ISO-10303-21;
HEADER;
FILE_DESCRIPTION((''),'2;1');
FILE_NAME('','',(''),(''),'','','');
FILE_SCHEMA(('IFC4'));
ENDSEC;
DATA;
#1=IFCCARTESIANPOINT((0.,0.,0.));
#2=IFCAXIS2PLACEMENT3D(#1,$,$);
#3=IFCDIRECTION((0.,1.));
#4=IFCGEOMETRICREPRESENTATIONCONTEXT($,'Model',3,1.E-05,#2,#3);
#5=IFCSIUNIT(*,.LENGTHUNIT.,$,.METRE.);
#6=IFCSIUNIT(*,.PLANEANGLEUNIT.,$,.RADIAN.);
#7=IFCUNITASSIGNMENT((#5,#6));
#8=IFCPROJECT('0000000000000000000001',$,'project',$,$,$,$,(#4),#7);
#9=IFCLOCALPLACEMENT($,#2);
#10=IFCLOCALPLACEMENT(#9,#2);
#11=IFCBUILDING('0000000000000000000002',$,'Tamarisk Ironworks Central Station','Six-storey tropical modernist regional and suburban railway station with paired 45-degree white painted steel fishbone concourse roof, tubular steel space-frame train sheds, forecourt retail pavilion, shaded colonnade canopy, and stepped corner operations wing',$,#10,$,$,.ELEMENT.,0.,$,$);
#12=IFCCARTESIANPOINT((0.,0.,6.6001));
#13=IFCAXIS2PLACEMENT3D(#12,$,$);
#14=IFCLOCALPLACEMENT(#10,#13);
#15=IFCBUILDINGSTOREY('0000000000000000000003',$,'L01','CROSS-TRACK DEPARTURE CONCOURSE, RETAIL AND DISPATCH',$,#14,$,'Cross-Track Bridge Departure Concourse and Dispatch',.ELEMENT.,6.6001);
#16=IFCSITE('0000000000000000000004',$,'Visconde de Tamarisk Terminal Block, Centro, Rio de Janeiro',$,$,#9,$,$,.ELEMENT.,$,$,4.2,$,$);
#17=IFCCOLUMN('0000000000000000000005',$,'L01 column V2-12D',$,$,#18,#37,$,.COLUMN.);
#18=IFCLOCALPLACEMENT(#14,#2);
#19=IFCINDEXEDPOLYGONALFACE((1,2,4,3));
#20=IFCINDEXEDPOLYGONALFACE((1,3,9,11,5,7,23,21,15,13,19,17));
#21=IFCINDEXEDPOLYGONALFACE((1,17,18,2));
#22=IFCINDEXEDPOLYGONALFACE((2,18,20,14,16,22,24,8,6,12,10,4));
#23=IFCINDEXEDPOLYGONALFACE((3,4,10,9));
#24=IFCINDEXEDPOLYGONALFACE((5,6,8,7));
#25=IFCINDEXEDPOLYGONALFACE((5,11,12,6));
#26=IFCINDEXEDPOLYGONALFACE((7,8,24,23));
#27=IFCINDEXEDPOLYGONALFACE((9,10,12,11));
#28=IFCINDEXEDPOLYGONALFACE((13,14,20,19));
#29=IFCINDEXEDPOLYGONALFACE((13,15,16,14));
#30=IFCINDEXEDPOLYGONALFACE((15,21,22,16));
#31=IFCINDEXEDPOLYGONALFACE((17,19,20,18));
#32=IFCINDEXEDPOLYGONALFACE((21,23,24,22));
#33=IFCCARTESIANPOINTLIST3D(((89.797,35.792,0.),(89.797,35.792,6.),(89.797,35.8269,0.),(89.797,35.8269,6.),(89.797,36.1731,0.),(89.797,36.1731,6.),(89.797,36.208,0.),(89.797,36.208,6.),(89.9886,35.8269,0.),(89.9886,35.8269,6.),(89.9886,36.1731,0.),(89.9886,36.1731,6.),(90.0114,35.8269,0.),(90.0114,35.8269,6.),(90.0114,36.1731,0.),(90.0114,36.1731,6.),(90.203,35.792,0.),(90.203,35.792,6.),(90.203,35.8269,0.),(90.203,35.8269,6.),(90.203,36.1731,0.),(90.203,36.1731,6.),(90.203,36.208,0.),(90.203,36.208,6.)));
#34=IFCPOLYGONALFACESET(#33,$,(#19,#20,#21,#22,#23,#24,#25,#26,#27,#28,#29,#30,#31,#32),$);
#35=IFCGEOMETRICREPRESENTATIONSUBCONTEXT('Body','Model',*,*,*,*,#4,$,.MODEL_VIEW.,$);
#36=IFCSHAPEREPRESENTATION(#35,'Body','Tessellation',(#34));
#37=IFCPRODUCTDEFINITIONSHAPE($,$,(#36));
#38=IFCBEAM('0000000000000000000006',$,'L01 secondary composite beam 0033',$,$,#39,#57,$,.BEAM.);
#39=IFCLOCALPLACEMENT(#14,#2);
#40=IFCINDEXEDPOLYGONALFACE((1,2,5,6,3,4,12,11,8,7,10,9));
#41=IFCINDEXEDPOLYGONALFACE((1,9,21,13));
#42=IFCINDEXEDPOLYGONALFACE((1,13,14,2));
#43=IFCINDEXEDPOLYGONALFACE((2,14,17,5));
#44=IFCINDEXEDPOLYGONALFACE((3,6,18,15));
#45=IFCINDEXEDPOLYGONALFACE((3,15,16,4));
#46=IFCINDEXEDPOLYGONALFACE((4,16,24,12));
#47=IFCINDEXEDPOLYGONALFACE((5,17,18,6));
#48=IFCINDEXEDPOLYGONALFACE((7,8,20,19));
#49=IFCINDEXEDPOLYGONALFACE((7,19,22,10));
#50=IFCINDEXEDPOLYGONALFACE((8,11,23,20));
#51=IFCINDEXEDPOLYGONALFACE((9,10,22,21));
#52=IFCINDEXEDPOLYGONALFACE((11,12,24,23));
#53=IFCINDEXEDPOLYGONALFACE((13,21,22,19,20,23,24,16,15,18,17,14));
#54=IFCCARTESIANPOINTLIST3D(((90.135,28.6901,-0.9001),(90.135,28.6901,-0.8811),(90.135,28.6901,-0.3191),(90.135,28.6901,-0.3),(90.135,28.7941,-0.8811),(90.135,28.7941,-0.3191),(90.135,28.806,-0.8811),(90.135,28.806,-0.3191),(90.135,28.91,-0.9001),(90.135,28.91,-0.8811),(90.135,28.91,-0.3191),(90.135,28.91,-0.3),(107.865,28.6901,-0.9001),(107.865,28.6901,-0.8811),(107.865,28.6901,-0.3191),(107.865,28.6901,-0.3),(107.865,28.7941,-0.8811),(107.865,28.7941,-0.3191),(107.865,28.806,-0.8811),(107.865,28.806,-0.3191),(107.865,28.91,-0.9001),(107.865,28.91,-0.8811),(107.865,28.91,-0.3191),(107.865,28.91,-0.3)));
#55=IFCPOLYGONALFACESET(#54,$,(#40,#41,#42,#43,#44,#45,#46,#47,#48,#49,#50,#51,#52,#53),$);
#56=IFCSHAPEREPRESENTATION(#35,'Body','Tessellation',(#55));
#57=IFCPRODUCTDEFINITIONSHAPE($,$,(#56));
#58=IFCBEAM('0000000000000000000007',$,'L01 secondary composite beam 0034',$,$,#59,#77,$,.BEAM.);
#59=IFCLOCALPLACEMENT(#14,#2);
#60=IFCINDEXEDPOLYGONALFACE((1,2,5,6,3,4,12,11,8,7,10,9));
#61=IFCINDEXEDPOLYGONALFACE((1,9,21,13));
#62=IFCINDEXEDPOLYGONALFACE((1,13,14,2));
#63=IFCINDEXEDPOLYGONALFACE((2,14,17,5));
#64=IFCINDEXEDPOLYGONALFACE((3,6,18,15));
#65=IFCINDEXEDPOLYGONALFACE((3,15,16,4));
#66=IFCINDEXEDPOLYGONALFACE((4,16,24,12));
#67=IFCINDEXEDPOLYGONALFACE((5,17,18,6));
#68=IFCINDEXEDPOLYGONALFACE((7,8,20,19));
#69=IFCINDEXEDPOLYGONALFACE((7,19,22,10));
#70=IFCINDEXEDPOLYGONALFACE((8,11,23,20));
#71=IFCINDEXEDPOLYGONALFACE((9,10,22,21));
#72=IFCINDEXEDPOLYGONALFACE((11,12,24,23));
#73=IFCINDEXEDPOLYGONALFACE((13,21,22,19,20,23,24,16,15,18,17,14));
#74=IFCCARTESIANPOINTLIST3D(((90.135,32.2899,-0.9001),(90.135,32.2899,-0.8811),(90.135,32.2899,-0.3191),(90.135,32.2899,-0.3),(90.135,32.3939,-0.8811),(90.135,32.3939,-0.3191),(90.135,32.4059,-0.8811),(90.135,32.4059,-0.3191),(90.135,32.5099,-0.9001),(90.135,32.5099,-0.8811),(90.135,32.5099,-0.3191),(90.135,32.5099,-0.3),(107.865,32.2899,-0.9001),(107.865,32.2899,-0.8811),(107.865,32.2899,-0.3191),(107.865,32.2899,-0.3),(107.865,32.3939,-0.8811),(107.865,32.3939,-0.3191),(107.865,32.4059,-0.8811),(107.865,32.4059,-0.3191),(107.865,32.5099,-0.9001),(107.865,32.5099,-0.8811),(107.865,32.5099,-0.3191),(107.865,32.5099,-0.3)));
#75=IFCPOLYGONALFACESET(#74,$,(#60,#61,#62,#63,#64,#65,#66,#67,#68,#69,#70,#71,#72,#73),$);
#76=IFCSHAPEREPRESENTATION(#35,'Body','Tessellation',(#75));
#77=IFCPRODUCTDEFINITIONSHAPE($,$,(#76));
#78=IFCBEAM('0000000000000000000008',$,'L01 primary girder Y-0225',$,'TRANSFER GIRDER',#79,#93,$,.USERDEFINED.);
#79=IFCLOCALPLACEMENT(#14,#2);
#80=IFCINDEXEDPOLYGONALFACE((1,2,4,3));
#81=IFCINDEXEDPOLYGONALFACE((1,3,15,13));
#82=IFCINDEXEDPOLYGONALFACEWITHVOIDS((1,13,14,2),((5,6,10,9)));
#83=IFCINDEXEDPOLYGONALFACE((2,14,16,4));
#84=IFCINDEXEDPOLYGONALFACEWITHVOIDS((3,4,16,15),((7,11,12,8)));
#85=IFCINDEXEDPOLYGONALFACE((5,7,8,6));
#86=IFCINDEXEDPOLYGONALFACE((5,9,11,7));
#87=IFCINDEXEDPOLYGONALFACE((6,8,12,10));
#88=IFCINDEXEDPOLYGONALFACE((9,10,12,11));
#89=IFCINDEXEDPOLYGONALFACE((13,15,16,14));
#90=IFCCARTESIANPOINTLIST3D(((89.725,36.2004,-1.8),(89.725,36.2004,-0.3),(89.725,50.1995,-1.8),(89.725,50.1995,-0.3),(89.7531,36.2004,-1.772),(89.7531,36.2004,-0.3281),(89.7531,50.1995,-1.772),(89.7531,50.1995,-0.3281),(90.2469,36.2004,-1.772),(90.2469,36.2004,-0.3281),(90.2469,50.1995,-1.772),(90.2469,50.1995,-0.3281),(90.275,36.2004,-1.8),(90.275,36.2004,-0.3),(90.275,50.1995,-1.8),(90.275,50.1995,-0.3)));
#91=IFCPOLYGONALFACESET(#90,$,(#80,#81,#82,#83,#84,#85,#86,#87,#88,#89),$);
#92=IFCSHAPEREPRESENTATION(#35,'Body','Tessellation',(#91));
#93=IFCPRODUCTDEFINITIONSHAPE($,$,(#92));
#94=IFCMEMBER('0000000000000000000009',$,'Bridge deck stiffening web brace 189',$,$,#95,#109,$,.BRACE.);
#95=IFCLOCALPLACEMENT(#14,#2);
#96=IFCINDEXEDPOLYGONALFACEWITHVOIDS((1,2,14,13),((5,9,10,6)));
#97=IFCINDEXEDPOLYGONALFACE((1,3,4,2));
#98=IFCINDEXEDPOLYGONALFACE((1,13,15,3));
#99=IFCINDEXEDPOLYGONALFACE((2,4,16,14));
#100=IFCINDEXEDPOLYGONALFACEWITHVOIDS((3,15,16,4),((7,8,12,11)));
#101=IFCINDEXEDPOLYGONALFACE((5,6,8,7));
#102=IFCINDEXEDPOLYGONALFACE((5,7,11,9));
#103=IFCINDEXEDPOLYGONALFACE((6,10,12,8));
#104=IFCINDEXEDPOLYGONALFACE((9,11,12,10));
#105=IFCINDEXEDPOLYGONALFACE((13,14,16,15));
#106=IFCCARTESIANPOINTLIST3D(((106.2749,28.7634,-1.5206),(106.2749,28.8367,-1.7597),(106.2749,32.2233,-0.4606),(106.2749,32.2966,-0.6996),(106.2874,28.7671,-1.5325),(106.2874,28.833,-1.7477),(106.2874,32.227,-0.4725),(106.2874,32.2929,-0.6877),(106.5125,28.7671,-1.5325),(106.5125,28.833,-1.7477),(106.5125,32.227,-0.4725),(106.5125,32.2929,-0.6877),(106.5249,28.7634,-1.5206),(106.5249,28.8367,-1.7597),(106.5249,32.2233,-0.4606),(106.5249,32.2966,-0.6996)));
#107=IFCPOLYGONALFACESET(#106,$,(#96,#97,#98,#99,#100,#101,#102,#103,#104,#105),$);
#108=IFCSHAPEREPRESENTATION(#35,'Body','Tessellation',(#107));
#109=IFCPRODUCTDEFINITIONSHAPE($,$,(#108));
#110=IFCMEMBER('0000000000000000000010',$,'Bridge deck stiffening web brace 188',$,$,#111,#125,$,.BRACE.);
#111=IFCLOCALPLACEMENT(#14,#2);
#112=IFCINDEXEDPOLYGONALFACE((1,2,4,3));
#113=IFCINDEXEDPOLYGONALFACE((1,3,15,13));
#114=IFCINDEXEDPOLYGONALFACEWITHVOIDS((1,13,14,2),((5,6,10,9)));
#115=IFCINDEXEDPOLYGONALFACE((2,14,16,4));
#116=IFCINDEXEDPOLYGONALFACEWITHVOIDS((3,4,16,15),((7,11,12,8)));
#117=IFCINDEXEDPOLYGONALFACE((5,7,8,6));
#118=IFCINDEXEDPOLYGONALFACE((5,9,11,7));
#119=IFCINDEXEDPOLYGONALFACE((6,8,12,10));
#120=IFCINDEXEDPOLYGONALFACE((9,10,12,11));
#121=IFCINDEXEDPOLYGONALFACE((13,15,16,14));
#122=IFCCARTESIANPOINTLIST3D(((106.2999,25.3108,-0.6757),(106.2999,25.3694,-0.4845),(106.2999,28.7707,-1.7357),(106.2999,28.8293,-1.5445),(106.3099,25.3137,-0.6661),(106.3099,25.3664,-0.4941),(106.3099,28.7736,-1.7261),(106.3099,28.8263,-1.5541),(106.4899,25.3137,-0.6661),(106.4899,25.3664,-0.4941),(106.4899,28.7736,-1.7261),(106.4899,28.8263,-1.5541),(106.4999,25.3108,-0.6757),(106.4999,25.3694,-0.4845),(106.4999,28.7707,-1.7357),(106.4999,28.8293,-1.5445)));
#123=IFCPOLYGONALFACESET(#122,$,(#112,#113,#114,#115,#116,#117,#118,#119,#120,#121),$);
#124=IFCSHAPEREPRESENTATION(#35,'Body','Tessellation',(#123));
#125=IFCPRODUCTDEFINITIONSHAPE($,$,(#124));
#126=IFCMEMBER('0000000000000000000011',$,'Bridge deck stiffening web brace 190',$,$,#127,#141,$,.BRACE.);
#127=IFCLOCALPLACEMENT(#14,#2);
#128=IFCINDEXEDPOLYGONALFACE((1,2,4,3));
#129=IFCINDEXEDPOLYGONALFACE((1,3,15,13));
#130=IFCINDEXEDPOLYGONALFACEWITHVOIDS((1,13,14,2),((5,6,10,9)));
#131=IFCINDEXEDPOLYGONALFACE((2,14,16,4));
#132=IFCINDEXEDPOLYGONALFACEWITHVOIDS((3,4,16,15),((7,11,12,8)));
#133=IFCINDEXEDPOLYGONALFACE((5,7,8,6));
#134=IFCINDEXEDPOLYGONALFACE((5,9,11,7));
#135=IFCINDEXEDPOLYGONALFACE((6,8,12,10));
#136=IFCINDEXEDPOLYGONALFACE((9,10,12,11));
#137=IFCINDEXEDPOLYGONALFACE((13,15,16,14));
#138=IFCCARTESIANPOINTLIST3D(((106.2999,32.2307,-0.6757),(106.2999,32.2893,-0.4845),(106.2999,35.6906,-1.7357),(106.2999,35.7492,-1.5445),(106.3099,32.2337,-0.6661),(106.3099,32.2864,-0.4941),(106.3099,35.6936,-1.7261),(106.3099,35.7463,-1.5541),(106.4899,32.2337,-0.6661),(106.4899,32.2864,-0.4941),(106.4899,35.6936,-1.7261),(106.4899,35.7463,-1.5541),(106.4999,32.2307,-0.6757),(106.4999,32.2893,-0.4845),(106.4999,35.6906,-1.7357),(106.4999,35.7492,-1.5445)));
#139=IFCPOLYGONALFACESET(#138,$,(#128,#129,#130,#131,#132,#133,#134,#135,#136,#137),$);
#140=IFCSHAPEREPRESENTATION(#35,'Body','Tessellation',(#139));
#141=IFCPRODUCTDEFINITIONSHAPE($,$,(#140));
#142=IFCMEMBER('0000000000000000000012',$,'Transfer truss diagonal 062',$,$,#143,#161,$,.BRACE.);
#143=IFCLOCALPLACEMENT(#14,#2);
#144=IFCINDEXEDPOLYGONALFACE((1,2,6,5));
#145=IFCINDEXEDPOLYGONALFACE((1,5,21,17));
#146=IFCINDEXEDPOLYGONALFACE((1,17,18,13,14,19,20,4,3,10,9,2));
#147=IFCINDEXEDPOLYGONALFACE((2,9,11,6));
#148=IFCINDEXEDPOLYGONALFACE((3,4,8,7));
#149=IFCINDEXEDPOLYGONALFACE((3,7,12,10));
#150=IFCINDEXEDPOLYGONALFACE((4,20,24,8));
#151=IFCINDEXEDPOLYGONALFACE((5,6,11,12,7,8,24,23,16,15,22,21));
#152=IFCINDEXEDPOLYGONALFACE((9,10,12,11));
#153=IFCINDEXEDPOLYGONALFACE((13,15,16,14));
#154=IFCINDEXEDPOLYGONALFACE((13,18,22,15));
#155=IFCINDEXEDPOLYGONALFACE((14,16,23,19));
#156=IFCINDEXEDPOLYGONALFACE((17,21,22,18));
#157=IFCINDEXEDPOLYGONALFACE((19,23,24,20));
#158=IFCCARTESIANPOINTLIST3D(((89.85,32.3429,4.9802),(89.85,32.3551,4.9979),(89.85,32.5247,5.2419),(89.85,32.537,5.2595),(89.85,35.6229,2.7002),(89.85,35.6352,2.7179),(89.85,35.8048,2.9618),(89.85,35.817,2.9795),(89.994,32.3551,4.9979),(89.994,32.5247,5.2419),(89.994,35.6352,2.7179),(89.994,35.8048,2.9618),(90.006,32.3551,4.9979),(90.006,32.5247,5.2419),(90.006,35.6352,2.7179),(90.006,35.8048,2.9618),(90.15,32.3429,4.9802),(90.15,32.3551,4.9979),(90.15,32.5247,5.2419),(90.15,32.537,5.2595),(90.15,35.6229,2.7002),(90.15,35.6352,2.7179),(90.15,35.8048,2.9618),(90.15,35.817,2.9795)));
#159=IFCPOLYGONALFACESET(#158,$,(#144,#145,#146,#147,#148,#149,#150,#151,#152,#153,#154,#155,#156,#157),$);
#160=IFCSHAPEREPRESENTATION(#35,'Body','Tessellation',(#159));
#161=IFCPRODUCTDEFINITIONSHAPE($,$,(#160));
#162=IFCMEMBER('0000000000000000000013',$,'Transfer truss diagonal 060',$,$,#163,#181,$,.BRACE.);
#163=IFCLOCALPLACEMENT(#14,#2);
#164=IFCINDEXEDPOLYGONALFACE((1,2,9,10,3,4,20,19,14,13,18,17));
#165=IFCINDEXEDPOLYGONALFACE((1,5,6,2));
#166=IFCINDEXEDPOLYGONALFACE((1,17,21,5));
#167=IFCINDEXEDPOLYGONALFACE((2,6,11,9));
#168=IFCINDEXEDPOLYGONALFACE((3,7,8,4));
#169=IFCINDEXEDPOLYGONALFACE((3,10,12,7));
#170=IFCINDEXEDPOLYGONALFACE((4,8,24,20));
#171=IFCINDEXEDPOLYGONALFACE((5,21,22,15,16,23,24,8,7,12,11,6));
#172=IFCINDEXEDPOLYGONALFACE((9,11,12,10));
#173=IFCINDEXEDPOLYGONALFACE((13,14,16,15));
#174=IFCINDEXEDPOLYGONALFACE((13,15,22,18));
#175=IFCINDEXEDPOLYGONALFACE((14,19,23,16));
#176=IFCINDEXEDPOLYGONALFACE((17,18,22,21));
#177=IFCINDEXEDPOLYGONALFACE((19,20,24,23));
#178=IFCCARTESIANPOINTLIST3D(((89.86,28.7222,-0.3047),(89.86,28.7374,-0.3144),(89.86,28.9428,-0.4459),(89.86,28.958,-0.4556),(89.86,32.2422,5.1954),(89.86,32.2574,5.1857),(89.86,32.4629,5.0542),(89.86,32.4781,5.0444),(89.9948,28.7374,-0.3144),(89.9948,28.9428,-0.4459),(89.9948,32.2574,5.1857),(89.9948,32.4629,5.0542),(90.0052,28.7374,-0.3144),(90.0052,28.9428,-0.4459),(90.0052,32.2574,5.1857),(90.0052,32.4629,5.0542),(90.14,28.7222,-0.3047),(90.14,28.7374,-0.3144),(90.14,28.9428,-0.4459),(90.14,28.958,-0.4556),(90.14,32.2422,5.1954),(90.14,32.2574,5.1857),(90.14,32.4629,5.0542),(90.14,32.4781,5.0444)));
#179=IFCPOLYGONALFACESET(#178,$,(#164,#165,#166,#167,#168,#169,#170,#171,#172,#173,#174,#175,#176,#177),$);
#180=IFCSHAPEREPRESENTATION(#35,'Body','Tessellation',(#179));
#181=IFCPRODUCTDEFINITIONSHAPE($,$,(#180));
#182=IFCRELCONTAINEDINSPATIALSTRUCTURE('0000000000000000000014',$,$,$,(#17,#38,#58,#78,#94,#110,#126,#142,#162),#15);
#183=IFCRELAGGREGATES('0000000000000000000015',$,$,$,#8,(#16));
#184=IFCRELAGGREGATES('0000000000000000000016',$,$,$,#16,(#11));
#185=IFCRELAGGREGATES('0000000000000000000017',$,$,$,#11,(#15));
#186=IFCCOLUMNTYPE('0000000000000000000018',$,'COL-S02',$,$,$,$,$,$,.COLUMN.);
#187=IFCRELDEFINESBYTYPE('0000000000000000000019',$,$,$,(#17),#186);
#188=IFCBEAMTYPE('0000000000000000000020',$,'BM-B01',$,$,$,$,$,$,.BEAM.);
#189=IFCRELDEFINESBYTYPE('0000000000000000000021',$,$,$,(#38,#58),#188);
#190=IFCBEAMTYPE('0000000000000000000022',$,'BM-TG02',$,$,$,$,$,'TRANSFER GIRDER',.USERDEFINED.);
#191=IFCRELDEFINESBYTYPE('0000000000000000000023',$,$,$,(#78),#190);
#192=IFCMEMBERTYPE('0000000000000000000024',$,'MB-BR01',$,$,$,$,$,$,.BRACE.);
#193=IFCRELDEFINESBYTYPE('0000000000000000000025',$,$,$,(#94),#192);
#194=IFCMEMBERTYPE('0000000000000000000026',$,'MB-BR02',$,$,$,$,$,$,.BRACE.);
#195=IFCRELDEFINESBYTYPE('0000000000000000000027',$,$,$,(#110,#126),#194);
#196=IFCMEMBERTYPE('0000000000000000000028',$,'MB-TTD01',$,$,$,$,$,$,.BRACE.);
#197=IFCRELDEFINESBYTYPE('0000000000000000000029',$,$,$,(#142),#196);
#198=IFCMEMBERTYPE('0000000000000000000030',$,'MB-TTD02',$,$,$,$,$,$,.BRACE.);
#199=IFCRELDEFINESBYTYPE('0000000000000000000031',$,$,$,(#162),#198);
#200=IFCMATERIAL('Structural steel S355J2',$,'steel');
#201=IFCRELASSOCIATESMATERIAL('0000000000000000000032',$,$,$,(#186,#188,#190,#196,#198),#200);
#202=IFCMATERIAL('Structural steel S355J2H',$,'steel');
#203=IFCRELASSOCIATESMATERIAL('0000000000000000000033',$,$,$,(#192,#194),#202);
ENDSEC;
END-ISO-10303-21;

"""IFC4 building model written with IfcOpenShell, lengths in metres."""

from ifc_helpers import new_model, si_unit, direction, frame, origin, origin_2d, place, context, subcontext, project, spatial, hollow_rectangle, i_section, extrude, material, material_profile, profile_set, type_object, element, save


model = new_model("IFC4")

# Units and contexts
model_context = context("Model", 3, precision=1e-05, world=origin(), true_north=direction((0.0, 1.0)))
body_context = subcontext(model_context, "Body", "Model", "MODEL_VIEW")
ifc_project = project(units=[si_unit("LENGTHUNIT", "METRE"), si_unit("PLANEANGLEUNIT", "RADIAN")], contexts=[model_context])

# Site, building, storey
site_placement = place(None, origin())
site = spatial("IfcSite", under=ifc_project, at=site_placement, Name="Visconde de Tamarisk Terminal Block, Centro, Rio de Janeiro", CompositionType="ELEMENT", RefElevation=4.2)
building_placement = place(site_placement, origin())
building = spatial("IfcBuilding", under=site, at=building_placement, Name="Tamarisk Ironworks Central Station", Description="Six-storey tropical modernist regional and suburban railway station with paired 45-degree white painted steel fishbone concourse roof, tubular steel space-frame train sheds, forecourt retail pavilion, shaded colonnade canopy, and stepped corner operations wing", CompositionType="ELEMENT", ElevationOfRefHeight=0.0)
storey_placement = place(building_placement, frame((0.0, 0.0, 6.6001)))
storey = spatial("IfcBuildingStorey", under=building, at=storey_placement, Name="L01", Description="CROSS-TRACK DEPARTURE CONCOURSE, RETAIL AND DISPATCH", LongName="Cross-Track Bridge Departure Concourse and Dispatch", CompositionType="ELEMENT", Elevation=6.6001)

# Column
ifc_material_1 = material(Name="Structural steel S355J2", Category="steel")
ifc_material_profile_1 = material_profile(ifc_material_1, i_section(OverallWidth=0.406, OverallDepth=0.416, WebThickness=0.0227, FlangeThickness=0.0349, at=origin_2d()), Name="HD 400x382")
ifc_profile_set_1 = profile_set([ifc_material_profile_1], Name="Structural steel S355J2")
column_type = type_object("IfcColumnType", Name="COL-S02", PredefinedType="COLUMN", material=ifc_profile_set_1)
column_placement = place(storey_placement, frame((90.0, 36.0, 0.0), z_axis=(0.0, 0.0, 1.0), x_axis=(1.0, 0.0, 0.0)))
element("IfcColumn", 1, at=column_placement, inside=storey, type_object=column_type, Name="L01 column V2-12D", PredefinedType="COLUMN", context=body_context, shape_type="SweptSolid", body=[
    extrude(i_section(OverallWidth=0.406, OverallDepth=0.416, WebThickness=0.0227, FlangeThickness=0.0349, at=origin_2d()), origin(), (0.0, 0.0, 1.0), 6.0),
])

# Beams
ifc_material_profile_2 = material_profile(ifc_material_1, i_section(OverallWidth=0.22, OverallDepth=0.6001, WebThickness=0.012, FlangeThickness=0.019, at=origin_2d()), Name="IPE 600")
ifc_profile_set_2 = profile_set([ifc_material_profile_2], Name="Structural steel S355J2")
beam_type_1 = type_object("IfcBeamType", Name="BM-B01", PredefinedType="BEAM", material=ifc_profile_set_2)
for number, where, z_axis, x_axis, name in (
    (2, (90.135, 28.8, -0.6001), (1.0, 0.0, 0.0), (0.0, 1.0, 0.0), "L01 secondary composite beam 0033"),
    (3, (90.135, 32.3999, -0.6001), (1.0, 0.0, 0.0), (0.0, 1.0, 0.0), "L01 secondary composite beam 0034"),
):
    element("IfcBeam", number, at=place(storey_placement, frame(where, z_axis=z_axis, x_axis=x_axis)), inside=storey, type_object=beam_type_1, Name=name, PredefinedType="BEAM", context=body_context, shape_type="SweptSolid", body=[
        extrude(i_section(OverallWidth=0.22, OverallDepth=0.6001, WebThickness=0.012, FlangeThickness=0.019, at=origin_2d()), origin(), (0.0, 0.0, 1.0), 17.73),
    ])
ifc_material_profile_3 = material_profile(ifc_material_1, hollow_rectangle(XDim=0.55, YDim=1.5, WallThickness=0.0281, at=origin_2d()), Name="BOX 550x1500x28")
ifc_profile_set_3 = profile_set([ifc_material_profile_3], Name="Structural steel S355J2")
beam_type_2 = type_object("IfcBeamType", Name="BM-TG02", ElementType="TRANSFER GIRDER", PredefinedType="USERDEFINED", material=ifc_profile_set_3)
beam_placement = place(storey_placement, frame((90.0, 36.2004, -1.05), z_axis=(0.0, 1.0, 0.0), x_axis=(-1.0, 0.0, 0.0)))
element("IfcBeam", 4, at=beam_placement, inside=storey, type_object=beam_type_2, Name="L01 primary girder Y-0225", ObjectType="TRANSFER GIRDER", PredefinedType="USERDEFINED", context=body_context, shape_type="SweptSolid", body=[
    extrude(hollow_rectangle(XDim=0.55, YDim=1.5, WallThickness=0.0281, at=origin_2d()), origin(), (0.0, 0.0, 1.0), 13.999),
])

# Members
ifc_material_2 = material(Name="Structural steel S355J2H", Category="steel")
ifc_material_profile_4 = material_profile(ifc_material_2, hollow_rectangle(XDim=0.25, YDim=0.25, WallThickness=0.0125, at=origin_2d()), Name="SHS 250x250x12.5")
ifc_profile_set_4 = profile_set([ifc_material_profile_4], Name="Structural steel S355J2H")
member_type_1 = type_object("IfcMemberType", Name="MB-BR01", PredefinedType="BRACE", material=ifc_profile_set_4)
member_1_placement = place(storey_placement, frame((106.3999, 28.8, -1.6401), z_axis=(0.0, 0.956131, 0.292938), x_axis=(-1.0, 0.0, 0.0)))
element("IfcMember", 5, at=member_1_placement, inside=storey, type_object=member_type_1, Name="Bridge deck stiffening web brace 189", PredefinedType="BRACE", context=body_context, shape_type="SweptSolid", body=[
    extrude(hollow_rectangle(XDim=0.25, YDim=0.25, WallThickness=0.0125, at=origin_2d()), origin(), (0.0, 0.0, 1.0), 3.6187),
])
ifc_material_profile_5 = material_profile(ifc_material_2, hollow_rectangle(XDim=0.2, YDim=0.2, WallThickness=0.01, at=origin_2d()), Name="SHS 200x200x10")
ifc_profile_set_5 = profile_set([ifc_material_profile_5], Name="Structural steel S355J2H")
member_type_2 = type_object("IfcMemberType", Name="MB-BR02", PredefinedType="BRACE", material=ifc_profile_set_5)
for number, where, z_axis, x_axis, name in (
    (6, (106.3999, 25.3401, -0.5801), (0.0, 0.956131, -0.292938), (-1.0, 0.0, 0.0), "Bridge deck stiffening web brace 188"),
    (7, (106.3999, 32.26, -0.5801), (0.0, 0.956131, -0.292938), (-1.0, 0.0, 0.0), "Bridge deck stiffening web brace 190"),
):
    element("IfcMember", number, at=place(storey_placement, frame(where, z_axis=z_axis, x_axis=x_axis)), inside=storey, type_object=member_type_2, Name=name, PredefinedType="BRACE", context=body_context, shape_type="SweptSolid", body=[
        extrude(hollow_rectangle(XDim=0.2, YDim=0.2, WallThickness=0.01, at=origin_2d()), origin(), (0.0, 0.0, 1.0), 3.6187),
    ])
ifc_material_profile_6 = material_profile(ifc_material_1, i_section(OverallWidth=0.3, OverallDepth=0.3401, WebThickness=0.012, FlangeThickness=0.0215, at=origin_2d()), Name="HEB 340")
ifc_profile_set_6 = profile_set([ifc_material_profile_6], Name="Structural steel S355J2")
member_type_3 = type_object("IfcMemberType", Name="MB-TTD01", PredefinedType="BRACE", material=ifc_profile_set_6)
member_2_placement = place(storey_placement, frame((90.0, 32.4399, 5.1199), z_axis=(0.0, 0.821108, -0.570773), x_axis=(-1.0, 0.0, 0.0)))
element("IfcMember", 8, at=member_2_placement, inside=storey, type_object=member_type_3, Name="Transfer truss diagonal 062", PredefinedType="BRACE", context=body_context, shape_type="SweptSolid", body=[
    extrude(i_section(OverallWidth=0.3, OverallDepth=0.3401, WebThickness=0.012, FlangeThickness=0.0215, at=origin_2d()), origin(), (0.0, 0.0, 1.0), 3.9946),
])
ifc_material_profile_7 = material_profile(ifc_material_1, i_section(OverallWidth=0.28, OverallDepth=0.28, WebThickness=0.0105, FlangeThickness=0.0181, at=origin_2d()), Name="HEB 280")
ifc_profile_set_7 = profile_set([ifc_material_profile_7], Name="Structural steel S355J2")
member_type_4 = type_object("IfcMemberType", Name="MB-TTD02", PredefinedType="BRACE", material=ifc_profile_set_7)
member_3_placement = place(storey_placement, frame((90.0, 28.8401, -0.3801), z_axis=(0.0, 0.539056, 0.84227), x_axis=(-1.0, 0.0, 0.0)))
element("IfcMember", 9, at=member_3_placement, inside=storey, type_object=member_type_4, Name="Transfer truss diagonal 060", PredefinedType="BRACE", context=body_context, shape_type="SweptSolid", body=[
    extrude(i_section(OverallWidth=0.28, OverallDepth=0.28, WebThickness=0.0105, FlangeThickness=0.0181, at=origin_2d()), origin(), (0.0, 0.0, 1.0), 6.53),
])

save(model, "model.ifc")
